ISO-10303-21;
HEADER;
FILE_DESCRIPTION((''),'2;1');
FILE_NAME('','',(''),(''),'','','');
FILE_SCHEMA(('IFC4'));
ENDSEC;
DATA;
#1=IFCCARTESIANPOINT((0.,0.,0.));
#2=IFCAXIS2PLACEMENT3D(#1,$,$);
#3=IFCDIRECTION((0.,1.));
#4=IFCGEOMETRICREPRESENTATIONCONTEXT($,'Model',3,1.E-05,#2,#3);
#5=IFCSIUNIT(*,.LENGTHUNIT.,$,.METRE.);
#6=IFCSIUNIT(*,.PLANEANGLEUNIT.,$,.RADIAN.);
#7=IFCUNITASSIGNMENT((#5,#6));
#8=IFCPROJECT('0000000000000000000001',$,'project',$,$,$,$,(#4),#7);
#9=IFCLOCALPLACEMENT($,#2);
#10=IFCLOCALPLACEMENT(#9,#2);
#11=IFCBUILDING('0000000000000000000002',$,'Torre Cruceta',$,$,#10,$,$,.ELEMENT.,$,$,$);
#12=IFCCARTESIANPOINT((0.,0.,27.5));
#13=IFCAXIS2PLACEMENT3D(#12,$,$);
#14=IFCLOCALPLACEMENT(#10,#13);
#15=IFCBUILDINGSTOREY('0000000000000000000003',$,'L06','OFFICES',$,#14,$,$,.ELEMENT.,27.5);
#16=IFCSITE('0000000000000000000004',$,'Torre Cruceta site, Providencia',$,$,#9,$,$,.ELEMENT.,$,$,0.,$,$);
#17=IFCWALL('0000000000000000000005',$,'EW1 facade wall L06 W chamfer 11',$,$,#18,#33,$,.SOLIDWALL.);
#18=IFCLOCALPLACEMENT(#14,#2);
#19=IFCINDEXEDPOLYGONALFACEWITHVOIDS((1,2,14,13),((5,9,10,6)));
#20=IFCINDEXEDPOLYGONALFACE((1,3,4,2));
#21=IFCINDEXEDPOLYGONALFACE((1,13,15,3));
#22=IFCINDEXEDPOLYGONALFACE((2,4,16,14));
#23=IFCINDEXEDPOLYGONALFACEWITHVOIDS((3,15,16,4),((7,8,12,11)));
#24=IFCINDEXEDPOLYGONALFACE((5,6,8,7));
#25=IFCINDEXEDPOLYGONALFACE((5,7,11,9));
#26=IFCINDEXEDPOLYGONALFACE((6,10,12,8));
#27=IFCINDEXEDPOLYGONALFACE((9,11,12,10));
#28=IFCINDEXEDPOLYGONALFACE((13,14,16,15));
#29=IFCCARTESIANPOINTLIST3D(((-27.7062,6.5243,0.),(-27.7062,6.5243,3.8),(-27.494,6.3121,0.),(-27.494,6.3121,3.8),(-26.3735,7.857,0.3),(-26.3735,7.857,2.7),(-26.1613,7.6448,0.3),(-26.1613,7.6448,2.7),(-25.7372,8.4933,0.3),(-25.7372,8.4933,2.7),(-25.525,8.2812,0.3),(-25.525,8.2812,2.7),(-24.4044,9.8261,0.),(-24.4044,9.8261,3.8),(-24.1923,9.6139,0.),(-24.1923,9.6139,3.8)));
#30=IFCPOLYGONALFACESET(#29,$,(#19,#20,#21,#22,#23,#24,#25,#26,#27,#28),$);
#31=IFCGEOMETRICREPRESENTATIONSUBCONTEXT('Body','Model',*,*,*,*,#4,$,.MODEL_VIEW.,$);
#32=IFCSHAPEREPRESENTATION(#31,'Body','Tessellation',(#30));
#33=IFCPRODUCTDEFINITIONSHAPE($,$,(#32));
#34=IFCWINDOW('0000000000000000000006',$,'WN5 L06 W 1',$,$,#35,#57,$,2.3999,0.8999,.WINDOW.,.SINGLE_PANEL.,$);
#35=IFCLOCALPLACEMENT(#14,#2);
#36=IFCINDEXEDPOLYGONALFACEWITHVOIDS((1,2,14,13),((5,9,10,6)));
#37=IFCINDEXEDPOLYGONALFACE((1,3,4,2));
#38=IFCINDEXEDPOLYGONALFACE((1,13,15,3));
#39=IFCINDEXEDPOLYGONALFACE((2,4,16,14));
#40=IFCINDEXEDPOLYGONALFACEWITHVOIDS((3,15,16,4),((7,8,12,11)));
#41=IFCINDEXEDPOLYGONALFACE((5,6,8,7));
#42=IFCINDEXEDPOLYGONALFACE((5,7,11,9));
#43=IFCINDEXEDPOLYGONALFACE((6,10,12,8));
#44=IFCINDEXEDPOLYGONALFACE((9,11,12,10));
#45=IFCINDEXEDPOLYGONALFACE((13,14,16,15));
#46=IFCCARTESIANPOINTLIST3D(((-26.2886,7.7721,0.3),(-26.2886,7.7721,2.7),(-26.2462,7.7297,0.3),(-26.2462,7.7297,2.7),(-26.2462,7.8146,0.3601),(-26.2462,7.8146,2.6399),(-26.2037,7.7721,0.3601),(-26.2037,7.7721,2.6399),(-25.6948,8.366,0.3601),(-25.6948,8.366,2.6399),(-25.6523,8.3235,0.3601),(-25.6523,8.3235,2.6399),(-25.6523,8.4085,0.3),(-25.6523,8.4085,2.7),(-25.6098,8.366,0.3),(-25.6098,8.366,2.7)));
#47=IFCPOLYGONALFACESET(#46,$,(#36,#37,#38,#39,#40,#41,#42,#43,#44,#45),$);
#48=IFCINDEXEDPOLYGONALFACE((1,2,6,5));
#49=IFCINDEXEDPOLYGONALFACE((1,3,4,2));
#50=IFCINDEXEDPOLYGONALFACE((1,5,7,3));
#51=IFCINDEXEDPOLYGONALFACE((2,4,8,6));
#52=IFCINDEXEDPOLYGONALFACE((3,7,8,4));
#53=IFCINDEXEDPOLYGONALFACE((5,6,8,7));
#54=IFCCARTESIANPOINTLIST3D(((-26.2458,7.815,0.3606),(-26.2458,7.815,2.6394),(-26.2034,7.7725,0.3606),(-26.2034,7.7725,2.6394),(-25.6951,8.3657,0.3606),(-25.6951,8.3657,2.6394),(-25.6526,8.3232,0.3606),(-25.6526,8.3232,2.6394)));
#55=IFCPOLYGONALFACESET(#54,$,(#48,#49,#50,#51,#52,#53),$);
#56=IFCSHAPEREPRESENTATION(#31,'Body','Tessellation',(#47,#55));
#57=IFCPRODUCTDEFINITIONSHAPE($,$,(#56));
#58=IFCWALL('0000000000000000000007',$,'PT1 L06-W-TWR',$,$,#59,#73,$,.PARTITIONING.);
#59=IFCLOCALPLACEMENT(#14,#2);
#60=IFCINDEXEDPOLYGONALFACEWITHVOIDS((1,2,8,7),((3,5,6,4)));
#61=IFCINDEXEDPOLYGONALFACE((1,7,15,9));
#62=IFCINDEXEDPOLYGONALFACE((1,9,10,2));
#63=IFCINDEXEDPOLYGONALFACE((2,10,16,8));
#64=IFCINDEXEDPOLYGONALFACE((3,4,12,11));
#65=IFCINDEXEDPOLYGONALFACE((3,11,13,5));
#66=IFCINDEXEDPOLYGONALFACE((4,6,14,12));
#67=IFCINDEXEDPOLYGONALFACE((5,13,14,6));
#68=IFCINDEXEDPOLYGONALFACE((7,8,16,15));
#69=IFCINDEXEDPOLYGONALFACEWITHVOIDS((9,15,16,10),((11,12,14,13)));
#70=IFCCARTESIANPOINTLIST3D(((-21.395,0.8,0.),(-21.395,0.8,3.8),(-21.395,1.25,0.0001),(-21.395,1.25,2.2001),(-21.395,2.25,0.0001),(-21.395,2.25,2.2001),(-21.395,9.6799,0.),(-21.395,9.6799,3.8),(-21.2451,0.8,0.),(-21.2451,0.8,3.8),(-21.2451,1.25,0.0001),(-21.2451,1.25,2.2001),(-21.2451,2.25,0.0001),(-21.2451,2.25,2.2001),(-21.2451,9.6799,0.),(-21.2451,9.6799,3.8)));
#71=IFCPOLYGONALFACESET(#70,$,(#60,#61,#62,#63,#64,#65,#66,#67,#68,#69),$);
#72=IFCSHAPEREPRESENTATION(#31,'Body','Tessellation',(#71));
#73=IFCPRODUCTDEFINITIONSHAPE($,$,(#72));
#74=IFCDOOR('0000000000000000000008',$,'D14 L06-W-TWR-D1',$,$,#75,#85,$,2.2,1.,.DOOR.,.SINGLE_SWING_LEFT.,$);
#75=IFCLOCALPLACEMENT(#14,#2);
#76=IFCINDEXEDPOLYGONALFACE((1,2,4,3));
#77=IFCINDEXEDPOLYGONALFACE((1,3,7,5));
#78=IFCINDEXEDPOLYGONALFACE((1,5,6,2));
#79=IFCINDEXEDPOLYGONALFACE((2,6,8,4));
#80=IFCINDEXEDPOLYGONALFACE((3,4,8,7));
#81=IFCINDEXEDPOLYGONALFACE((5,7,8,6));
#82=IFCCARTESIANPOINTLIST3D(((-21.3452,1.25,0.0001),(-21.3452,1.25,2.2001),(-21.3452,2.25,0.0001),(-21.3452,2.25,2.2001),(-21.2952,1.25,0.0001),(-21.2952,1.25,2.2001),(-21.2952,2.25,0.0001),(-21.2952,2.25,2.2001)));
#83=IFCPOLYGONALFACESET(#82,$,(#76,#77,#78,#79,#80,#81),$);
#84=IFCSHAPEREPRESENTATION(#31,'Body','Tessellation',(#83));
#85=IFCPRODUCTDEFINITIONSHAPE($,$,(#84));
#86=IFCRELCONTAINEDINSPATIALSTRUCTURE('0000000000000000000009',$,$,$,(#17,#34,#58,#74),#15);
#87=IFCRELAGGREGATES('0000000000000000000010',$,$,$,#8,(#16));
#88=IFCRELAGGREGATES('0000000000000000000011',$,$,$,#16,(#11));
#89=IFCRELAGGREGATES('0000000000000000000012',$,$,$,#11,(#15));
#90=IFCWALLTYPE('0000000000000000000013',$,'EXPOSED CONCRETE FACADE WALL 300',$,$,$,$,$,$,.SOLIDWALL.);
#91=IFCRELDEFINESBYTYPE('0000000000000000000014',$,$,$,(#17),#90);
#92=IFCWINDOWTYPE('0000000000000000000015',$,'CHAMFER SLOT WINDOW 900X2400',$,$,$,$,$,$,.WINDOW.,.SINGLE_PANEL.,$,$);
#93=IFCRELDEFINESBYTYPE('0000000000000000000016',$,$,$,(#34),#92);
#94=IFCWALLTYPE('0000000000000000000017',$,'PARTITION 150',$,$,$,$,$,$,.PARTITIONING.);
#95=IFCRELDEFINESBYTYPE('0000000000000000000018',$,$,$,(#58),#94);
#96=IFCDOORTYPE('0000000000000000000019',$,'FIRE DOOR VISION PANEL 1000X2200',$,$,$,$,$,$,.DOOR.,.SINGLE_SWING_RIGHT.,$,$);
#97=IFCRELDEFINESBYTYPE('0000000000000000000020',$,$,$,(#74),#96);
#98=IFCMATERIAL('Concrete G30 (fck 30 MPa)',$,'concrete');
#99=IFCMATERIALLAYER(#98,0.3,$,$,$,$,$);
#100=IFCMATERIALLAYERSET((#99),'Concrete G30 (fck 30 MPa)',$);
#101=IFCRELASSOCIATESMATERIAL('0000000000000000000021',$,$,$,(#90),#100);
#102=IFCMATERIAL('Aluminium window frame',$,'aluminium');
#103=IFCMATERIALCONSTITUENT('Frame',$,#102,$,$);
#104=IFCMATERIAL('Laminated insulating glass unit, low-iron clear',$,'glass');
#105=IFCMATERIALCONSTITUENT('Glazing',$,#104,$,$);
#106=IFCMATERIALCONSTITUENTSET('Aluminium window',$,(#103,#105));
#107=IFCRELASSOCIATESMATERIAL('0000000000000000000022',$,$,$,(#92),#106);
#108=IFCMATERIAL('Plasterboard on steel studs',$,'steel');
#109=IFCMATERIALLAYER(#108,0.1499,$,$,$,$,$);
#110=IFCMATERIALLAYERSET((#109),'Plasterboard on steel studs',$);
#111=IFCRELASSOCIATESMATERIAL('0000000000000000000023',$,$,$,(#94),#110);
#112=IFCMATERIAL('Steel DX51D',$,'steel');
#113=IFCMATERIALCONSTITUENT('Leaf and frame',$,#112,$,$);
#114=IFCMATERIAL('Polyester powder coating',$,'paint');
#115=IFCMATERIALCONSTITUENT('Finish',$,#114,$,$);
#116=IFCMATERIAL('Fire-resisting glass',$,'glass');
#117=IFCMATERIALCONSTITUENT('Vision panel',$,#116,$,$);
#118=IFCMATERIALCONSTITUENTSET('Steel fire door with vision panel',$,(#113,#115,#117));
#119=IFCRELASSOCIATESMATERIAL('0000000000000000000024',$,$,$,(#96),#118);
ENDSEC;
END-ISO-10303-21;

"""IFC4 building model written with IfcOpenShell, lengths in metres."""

from ifc_helpers import new_model, si_unit, direction, frame, frame_2d, origin, place, context, subcontext, project, spatial, rectangle, hollow_rectangle, extrude, material, layer, layer_set, constituent, constituent_set, type_object, element, fill, save


model = new_model("IFC4")

# Units and contexts
model_context = context("Model", 3, precision=1e-05, world=origin(), true_north=direction((0.0, 1.0)))
body_context = subcontext(model_context, "Body", "Model", "MODEL_VIEW")
ifc_project = project(units=[si_unit("LENGTHUNIT", "METRE"), si_unit("PLANEANGLEUNIT", "RADIAN")], contexts=[model_context])

# Site, building, storey
site_placement = place(None, origin())
site = spatial("IfcSite", under=ifc_project, at=site_placement, Name="Torre Cruceta site, Providencia", CompositionType="ELEMENT", RefElevation=0.0)
building_placement = place(site_placement, origin())
building = spatial("IfcBuilding", under=site, at=building_placement, Name="Torre Cruceta", CompositionType="ELEMENT")
storey_placement = place(building_placement, frame((0.0, 0.0, 27.5)))
storey = spatial("IfcBuildingStorey", under=building, at=storey_placement, Name="L06", Description="OFFICES", CompositionType="ELEMENT", Elevation=27.5)

# Wall, opening, window
ifc_material_1 = material(Name="Concrete G30 (fck 30 MPa)", Category="concrete")
ifc_layer_1 = layer(ifc_material_1, 0.3)
ifc_layer_set_1 = layer_set([ifc_layer_1], Name="Concrete G30 (fck 30 MPa)")
wall_type_1 = type_object("IfcWallType", Name="EXPOSED CONCRETE FACADE WALL 300", PredefinedType="SOLIDWALL", material=ifc_layer_set_1)
wall_1_placement = place(storey_placement, frame((-24.2983, 9.72, 0.0), z_axis=(0.0, 0.0, 1.0), x_axis=(-0.707107, -0.707107, 0.0)))
wall_1 = element("IfcWall", 1, at=wall_1_placement, inside=storey, type_object=wall_type_1, Name="EW1 facade wall L06 W chamfer 11", PredefinedType="SOLIDWALL", context=body_context, shape_type="SweptSolid", body=[
    extrude(rectangle(XDim=4.6694, YDim=0.3, at=frame_2d((2.3347, 0.0))), origin(), (0.0, 0.0, 1.0), 3.8),
])
opening_1_placement = place(wall_1_placement, frame((1.8848, 0.0, 0.3)))
opening_1 = element("IfcOpeningElement", 2, at=opening_1_placement, cuts=wall_1, PredefinedType="OPENING", context=body_context, shape_type="SweptSolid", body=[
    extrude(rectangle(XDim=0.8999, YDim=2.3999, at=frame_2d((0.45, 1.2))), frame((0.0, 0.1599, 0.0), z_axis=(0.0, -1.0, 0.0), x_axis=(1.0, 0.0, 0.0)), (0.0, 0.0, 1.0), 0.3201),
])
ifc_material_2 = material(Name="Aluminium window frame", Category="aluminium")
ifc_constituent_1 = constituent(ifc_material_2, Name="Frame")
ifc_material_3 = material(Name="Laminated insulating glass unit, low-iron clear", Category="glass")
ifc_constituent_2 = constituent(ifc_material_3, Name="Glazing")
ifc_constituent_set_1 = constituent_set(constituents=[ifc_constituent_1, ifc_constituent_2], Name="Aluminium window")
window_type = type_object("IfcWindowType", Name="CHAMFER SLOT WINDOW 900X2400", PartitioningType="SINGLE_PANEL", PredefinedType="WINDOW", material=ifc_constituent_set_1)
window_placement = place(opening_1_placement, origin())
window = element("IfcWindow", 3, at=window_placement, inside=storey, type_object=window_type, Name="WN5 L06 W 1", OverallHeight=2.3999, OverallWidth=0.8999, PartitioningType="SINGLE_PANEL", PredefinedType="WINDOW", context=body_context, shape_type="SweptSolid", body=[
    extrude(hollow_rectangle(XDim=0.8999, YDim=2.3999, WallThickness=0.0601, at=frame_2d((0.45, 1.2))), frame((0.0, 0.03, 0.0), z_axis=(0.0, -1.0, 0.0), x_axis=(1.0, 0.0, 0.0)), (0.0, 0.0, 1.0), 0.0601),
    extrude(rectangle(XDim=0.7788, YDim=2.2788, at=frame_2d((0.45, 1.2))), frame((0.0, 0.03, 0.0), z_axis=(0.0, -1.0, 0.0), x_axis=(1.0, 0.0, 0.0)), (0.0, 0.0, 1.0), 0.0601),
])
fill(opening_1, window)

# Wall, opening, door
ifc_material_4 = material(Name="Plasterboard on steel studs", Category="steel")
ifc_layer_2 = layer(ifc_material_4, 0.1499)
ifc_layer_set_2 = layer_set([ifc_layer_2], Name="Plasterboard on steel studs")
wall_type_2 = type_object("IfcWallType", Name="PARTITION 150", PredefinedType="PARTITIONING", material=ifc_layer_set_2)
wall_2_placement = place(storey_placement, frame((-21.3201, 9.6799, 0.0), z_axis=(0.0, 0.0, 1.0), x_axis=(0.0, -1.0, 0.0)))
wall_2 = element("IfcWall", 4, at=wall_2_placement, inside=storey, type_object=wall_type_2, Name="PT1 L06-W-TWR", PredefinedType="PARTITIONING", context=body_context, shape_type="SweptSolid", body=[
    extrude(rectangle(XDim=8.8799, YDim=0.1499, at=frame_2d((4.4399, 0.0))), origin(), (0.0, 0.0, 1.0), 3.8),
])
opening_2_placement = place(wall_2_placement, frame((7.4299, 0.0, 0.0)))
opening_2 = element("IfcOpeningElement", 5, at=opening_2_placement, cuts=wall_2, PredefinedType="OPENING", context=body_context, shape_type="SweptSolid", body=[
    extrude(rectangle(XDim=1.0, YDim=2.2, at=frame_2d((0.5, 1.1001))), frame((0.0, 0.085, 0.0), z_axis=(0.0, -1.0, 0.0), x_axis=(1.0, 0.0, 0.0)), (0.0, 0.0, 1.0), 0.1699),
])
ifc_material_5 = material(Name="Steel DX51D", Category="steel")
ifc_constituent_3 = constituent(ifc_material_5, Name="Leaf and frame")
ifc_material_6 = material(Name="Polyester powder coating", Category="paint")
ifc_constituent_4 = constituent(ifc_material_6, Name="Finish")
ifc_material_7 = material(Name="Fire-resisting glass", Category="glass")
ifc_constituent_5 = constituent(ifc_material_7, Name="Vision panel")
ifc_constituent_set_2 = constituent_set(constituents=[ifc_constituent_3, ifc_constituent_4, ifc_constituent_5], Name="Steel fire door with vision panel")
door_type = type_object("IfcDoorType", Name="FIRE DOOR VISION PANEL 1000X2200", OperationType="SINGLE_SWING_RIGHT", PredefinedType="DOOR", material=ifc_constituent_set_2)
door_placement = place(opening_2_placement, frame((1.0, 0.0, 0.0), z_axis=(0.0, 0.0, 1.0), x_axis=(-1.0, 0.0, 0.0)))
door = element("IfcDoor", 6, at=door_placement, inside=storey, type_object=door_type, Name="D14 L06-W-TWR-D1", OperationType="SINGLE_SWING_LEFT", OverallHeight=2.2, OverallWidth=1.0, PredefinedType="DOOR", context=body_context, shape_type="SweptSolid", body=[
    extrude(rectangle(XDim=1.0, YDim=2.2, at=frame_2d((0.5, 1.1001))), frame((0.0, 0.0251, 0.0), z_axis=(0.0, -1.0, 0.0), x_axis=(1.0, 0.0, 0.0)), (0.0, 0.0, 1.0), 0.05),
])
fill(opening_2, door)

save(model, "model.ifc")
